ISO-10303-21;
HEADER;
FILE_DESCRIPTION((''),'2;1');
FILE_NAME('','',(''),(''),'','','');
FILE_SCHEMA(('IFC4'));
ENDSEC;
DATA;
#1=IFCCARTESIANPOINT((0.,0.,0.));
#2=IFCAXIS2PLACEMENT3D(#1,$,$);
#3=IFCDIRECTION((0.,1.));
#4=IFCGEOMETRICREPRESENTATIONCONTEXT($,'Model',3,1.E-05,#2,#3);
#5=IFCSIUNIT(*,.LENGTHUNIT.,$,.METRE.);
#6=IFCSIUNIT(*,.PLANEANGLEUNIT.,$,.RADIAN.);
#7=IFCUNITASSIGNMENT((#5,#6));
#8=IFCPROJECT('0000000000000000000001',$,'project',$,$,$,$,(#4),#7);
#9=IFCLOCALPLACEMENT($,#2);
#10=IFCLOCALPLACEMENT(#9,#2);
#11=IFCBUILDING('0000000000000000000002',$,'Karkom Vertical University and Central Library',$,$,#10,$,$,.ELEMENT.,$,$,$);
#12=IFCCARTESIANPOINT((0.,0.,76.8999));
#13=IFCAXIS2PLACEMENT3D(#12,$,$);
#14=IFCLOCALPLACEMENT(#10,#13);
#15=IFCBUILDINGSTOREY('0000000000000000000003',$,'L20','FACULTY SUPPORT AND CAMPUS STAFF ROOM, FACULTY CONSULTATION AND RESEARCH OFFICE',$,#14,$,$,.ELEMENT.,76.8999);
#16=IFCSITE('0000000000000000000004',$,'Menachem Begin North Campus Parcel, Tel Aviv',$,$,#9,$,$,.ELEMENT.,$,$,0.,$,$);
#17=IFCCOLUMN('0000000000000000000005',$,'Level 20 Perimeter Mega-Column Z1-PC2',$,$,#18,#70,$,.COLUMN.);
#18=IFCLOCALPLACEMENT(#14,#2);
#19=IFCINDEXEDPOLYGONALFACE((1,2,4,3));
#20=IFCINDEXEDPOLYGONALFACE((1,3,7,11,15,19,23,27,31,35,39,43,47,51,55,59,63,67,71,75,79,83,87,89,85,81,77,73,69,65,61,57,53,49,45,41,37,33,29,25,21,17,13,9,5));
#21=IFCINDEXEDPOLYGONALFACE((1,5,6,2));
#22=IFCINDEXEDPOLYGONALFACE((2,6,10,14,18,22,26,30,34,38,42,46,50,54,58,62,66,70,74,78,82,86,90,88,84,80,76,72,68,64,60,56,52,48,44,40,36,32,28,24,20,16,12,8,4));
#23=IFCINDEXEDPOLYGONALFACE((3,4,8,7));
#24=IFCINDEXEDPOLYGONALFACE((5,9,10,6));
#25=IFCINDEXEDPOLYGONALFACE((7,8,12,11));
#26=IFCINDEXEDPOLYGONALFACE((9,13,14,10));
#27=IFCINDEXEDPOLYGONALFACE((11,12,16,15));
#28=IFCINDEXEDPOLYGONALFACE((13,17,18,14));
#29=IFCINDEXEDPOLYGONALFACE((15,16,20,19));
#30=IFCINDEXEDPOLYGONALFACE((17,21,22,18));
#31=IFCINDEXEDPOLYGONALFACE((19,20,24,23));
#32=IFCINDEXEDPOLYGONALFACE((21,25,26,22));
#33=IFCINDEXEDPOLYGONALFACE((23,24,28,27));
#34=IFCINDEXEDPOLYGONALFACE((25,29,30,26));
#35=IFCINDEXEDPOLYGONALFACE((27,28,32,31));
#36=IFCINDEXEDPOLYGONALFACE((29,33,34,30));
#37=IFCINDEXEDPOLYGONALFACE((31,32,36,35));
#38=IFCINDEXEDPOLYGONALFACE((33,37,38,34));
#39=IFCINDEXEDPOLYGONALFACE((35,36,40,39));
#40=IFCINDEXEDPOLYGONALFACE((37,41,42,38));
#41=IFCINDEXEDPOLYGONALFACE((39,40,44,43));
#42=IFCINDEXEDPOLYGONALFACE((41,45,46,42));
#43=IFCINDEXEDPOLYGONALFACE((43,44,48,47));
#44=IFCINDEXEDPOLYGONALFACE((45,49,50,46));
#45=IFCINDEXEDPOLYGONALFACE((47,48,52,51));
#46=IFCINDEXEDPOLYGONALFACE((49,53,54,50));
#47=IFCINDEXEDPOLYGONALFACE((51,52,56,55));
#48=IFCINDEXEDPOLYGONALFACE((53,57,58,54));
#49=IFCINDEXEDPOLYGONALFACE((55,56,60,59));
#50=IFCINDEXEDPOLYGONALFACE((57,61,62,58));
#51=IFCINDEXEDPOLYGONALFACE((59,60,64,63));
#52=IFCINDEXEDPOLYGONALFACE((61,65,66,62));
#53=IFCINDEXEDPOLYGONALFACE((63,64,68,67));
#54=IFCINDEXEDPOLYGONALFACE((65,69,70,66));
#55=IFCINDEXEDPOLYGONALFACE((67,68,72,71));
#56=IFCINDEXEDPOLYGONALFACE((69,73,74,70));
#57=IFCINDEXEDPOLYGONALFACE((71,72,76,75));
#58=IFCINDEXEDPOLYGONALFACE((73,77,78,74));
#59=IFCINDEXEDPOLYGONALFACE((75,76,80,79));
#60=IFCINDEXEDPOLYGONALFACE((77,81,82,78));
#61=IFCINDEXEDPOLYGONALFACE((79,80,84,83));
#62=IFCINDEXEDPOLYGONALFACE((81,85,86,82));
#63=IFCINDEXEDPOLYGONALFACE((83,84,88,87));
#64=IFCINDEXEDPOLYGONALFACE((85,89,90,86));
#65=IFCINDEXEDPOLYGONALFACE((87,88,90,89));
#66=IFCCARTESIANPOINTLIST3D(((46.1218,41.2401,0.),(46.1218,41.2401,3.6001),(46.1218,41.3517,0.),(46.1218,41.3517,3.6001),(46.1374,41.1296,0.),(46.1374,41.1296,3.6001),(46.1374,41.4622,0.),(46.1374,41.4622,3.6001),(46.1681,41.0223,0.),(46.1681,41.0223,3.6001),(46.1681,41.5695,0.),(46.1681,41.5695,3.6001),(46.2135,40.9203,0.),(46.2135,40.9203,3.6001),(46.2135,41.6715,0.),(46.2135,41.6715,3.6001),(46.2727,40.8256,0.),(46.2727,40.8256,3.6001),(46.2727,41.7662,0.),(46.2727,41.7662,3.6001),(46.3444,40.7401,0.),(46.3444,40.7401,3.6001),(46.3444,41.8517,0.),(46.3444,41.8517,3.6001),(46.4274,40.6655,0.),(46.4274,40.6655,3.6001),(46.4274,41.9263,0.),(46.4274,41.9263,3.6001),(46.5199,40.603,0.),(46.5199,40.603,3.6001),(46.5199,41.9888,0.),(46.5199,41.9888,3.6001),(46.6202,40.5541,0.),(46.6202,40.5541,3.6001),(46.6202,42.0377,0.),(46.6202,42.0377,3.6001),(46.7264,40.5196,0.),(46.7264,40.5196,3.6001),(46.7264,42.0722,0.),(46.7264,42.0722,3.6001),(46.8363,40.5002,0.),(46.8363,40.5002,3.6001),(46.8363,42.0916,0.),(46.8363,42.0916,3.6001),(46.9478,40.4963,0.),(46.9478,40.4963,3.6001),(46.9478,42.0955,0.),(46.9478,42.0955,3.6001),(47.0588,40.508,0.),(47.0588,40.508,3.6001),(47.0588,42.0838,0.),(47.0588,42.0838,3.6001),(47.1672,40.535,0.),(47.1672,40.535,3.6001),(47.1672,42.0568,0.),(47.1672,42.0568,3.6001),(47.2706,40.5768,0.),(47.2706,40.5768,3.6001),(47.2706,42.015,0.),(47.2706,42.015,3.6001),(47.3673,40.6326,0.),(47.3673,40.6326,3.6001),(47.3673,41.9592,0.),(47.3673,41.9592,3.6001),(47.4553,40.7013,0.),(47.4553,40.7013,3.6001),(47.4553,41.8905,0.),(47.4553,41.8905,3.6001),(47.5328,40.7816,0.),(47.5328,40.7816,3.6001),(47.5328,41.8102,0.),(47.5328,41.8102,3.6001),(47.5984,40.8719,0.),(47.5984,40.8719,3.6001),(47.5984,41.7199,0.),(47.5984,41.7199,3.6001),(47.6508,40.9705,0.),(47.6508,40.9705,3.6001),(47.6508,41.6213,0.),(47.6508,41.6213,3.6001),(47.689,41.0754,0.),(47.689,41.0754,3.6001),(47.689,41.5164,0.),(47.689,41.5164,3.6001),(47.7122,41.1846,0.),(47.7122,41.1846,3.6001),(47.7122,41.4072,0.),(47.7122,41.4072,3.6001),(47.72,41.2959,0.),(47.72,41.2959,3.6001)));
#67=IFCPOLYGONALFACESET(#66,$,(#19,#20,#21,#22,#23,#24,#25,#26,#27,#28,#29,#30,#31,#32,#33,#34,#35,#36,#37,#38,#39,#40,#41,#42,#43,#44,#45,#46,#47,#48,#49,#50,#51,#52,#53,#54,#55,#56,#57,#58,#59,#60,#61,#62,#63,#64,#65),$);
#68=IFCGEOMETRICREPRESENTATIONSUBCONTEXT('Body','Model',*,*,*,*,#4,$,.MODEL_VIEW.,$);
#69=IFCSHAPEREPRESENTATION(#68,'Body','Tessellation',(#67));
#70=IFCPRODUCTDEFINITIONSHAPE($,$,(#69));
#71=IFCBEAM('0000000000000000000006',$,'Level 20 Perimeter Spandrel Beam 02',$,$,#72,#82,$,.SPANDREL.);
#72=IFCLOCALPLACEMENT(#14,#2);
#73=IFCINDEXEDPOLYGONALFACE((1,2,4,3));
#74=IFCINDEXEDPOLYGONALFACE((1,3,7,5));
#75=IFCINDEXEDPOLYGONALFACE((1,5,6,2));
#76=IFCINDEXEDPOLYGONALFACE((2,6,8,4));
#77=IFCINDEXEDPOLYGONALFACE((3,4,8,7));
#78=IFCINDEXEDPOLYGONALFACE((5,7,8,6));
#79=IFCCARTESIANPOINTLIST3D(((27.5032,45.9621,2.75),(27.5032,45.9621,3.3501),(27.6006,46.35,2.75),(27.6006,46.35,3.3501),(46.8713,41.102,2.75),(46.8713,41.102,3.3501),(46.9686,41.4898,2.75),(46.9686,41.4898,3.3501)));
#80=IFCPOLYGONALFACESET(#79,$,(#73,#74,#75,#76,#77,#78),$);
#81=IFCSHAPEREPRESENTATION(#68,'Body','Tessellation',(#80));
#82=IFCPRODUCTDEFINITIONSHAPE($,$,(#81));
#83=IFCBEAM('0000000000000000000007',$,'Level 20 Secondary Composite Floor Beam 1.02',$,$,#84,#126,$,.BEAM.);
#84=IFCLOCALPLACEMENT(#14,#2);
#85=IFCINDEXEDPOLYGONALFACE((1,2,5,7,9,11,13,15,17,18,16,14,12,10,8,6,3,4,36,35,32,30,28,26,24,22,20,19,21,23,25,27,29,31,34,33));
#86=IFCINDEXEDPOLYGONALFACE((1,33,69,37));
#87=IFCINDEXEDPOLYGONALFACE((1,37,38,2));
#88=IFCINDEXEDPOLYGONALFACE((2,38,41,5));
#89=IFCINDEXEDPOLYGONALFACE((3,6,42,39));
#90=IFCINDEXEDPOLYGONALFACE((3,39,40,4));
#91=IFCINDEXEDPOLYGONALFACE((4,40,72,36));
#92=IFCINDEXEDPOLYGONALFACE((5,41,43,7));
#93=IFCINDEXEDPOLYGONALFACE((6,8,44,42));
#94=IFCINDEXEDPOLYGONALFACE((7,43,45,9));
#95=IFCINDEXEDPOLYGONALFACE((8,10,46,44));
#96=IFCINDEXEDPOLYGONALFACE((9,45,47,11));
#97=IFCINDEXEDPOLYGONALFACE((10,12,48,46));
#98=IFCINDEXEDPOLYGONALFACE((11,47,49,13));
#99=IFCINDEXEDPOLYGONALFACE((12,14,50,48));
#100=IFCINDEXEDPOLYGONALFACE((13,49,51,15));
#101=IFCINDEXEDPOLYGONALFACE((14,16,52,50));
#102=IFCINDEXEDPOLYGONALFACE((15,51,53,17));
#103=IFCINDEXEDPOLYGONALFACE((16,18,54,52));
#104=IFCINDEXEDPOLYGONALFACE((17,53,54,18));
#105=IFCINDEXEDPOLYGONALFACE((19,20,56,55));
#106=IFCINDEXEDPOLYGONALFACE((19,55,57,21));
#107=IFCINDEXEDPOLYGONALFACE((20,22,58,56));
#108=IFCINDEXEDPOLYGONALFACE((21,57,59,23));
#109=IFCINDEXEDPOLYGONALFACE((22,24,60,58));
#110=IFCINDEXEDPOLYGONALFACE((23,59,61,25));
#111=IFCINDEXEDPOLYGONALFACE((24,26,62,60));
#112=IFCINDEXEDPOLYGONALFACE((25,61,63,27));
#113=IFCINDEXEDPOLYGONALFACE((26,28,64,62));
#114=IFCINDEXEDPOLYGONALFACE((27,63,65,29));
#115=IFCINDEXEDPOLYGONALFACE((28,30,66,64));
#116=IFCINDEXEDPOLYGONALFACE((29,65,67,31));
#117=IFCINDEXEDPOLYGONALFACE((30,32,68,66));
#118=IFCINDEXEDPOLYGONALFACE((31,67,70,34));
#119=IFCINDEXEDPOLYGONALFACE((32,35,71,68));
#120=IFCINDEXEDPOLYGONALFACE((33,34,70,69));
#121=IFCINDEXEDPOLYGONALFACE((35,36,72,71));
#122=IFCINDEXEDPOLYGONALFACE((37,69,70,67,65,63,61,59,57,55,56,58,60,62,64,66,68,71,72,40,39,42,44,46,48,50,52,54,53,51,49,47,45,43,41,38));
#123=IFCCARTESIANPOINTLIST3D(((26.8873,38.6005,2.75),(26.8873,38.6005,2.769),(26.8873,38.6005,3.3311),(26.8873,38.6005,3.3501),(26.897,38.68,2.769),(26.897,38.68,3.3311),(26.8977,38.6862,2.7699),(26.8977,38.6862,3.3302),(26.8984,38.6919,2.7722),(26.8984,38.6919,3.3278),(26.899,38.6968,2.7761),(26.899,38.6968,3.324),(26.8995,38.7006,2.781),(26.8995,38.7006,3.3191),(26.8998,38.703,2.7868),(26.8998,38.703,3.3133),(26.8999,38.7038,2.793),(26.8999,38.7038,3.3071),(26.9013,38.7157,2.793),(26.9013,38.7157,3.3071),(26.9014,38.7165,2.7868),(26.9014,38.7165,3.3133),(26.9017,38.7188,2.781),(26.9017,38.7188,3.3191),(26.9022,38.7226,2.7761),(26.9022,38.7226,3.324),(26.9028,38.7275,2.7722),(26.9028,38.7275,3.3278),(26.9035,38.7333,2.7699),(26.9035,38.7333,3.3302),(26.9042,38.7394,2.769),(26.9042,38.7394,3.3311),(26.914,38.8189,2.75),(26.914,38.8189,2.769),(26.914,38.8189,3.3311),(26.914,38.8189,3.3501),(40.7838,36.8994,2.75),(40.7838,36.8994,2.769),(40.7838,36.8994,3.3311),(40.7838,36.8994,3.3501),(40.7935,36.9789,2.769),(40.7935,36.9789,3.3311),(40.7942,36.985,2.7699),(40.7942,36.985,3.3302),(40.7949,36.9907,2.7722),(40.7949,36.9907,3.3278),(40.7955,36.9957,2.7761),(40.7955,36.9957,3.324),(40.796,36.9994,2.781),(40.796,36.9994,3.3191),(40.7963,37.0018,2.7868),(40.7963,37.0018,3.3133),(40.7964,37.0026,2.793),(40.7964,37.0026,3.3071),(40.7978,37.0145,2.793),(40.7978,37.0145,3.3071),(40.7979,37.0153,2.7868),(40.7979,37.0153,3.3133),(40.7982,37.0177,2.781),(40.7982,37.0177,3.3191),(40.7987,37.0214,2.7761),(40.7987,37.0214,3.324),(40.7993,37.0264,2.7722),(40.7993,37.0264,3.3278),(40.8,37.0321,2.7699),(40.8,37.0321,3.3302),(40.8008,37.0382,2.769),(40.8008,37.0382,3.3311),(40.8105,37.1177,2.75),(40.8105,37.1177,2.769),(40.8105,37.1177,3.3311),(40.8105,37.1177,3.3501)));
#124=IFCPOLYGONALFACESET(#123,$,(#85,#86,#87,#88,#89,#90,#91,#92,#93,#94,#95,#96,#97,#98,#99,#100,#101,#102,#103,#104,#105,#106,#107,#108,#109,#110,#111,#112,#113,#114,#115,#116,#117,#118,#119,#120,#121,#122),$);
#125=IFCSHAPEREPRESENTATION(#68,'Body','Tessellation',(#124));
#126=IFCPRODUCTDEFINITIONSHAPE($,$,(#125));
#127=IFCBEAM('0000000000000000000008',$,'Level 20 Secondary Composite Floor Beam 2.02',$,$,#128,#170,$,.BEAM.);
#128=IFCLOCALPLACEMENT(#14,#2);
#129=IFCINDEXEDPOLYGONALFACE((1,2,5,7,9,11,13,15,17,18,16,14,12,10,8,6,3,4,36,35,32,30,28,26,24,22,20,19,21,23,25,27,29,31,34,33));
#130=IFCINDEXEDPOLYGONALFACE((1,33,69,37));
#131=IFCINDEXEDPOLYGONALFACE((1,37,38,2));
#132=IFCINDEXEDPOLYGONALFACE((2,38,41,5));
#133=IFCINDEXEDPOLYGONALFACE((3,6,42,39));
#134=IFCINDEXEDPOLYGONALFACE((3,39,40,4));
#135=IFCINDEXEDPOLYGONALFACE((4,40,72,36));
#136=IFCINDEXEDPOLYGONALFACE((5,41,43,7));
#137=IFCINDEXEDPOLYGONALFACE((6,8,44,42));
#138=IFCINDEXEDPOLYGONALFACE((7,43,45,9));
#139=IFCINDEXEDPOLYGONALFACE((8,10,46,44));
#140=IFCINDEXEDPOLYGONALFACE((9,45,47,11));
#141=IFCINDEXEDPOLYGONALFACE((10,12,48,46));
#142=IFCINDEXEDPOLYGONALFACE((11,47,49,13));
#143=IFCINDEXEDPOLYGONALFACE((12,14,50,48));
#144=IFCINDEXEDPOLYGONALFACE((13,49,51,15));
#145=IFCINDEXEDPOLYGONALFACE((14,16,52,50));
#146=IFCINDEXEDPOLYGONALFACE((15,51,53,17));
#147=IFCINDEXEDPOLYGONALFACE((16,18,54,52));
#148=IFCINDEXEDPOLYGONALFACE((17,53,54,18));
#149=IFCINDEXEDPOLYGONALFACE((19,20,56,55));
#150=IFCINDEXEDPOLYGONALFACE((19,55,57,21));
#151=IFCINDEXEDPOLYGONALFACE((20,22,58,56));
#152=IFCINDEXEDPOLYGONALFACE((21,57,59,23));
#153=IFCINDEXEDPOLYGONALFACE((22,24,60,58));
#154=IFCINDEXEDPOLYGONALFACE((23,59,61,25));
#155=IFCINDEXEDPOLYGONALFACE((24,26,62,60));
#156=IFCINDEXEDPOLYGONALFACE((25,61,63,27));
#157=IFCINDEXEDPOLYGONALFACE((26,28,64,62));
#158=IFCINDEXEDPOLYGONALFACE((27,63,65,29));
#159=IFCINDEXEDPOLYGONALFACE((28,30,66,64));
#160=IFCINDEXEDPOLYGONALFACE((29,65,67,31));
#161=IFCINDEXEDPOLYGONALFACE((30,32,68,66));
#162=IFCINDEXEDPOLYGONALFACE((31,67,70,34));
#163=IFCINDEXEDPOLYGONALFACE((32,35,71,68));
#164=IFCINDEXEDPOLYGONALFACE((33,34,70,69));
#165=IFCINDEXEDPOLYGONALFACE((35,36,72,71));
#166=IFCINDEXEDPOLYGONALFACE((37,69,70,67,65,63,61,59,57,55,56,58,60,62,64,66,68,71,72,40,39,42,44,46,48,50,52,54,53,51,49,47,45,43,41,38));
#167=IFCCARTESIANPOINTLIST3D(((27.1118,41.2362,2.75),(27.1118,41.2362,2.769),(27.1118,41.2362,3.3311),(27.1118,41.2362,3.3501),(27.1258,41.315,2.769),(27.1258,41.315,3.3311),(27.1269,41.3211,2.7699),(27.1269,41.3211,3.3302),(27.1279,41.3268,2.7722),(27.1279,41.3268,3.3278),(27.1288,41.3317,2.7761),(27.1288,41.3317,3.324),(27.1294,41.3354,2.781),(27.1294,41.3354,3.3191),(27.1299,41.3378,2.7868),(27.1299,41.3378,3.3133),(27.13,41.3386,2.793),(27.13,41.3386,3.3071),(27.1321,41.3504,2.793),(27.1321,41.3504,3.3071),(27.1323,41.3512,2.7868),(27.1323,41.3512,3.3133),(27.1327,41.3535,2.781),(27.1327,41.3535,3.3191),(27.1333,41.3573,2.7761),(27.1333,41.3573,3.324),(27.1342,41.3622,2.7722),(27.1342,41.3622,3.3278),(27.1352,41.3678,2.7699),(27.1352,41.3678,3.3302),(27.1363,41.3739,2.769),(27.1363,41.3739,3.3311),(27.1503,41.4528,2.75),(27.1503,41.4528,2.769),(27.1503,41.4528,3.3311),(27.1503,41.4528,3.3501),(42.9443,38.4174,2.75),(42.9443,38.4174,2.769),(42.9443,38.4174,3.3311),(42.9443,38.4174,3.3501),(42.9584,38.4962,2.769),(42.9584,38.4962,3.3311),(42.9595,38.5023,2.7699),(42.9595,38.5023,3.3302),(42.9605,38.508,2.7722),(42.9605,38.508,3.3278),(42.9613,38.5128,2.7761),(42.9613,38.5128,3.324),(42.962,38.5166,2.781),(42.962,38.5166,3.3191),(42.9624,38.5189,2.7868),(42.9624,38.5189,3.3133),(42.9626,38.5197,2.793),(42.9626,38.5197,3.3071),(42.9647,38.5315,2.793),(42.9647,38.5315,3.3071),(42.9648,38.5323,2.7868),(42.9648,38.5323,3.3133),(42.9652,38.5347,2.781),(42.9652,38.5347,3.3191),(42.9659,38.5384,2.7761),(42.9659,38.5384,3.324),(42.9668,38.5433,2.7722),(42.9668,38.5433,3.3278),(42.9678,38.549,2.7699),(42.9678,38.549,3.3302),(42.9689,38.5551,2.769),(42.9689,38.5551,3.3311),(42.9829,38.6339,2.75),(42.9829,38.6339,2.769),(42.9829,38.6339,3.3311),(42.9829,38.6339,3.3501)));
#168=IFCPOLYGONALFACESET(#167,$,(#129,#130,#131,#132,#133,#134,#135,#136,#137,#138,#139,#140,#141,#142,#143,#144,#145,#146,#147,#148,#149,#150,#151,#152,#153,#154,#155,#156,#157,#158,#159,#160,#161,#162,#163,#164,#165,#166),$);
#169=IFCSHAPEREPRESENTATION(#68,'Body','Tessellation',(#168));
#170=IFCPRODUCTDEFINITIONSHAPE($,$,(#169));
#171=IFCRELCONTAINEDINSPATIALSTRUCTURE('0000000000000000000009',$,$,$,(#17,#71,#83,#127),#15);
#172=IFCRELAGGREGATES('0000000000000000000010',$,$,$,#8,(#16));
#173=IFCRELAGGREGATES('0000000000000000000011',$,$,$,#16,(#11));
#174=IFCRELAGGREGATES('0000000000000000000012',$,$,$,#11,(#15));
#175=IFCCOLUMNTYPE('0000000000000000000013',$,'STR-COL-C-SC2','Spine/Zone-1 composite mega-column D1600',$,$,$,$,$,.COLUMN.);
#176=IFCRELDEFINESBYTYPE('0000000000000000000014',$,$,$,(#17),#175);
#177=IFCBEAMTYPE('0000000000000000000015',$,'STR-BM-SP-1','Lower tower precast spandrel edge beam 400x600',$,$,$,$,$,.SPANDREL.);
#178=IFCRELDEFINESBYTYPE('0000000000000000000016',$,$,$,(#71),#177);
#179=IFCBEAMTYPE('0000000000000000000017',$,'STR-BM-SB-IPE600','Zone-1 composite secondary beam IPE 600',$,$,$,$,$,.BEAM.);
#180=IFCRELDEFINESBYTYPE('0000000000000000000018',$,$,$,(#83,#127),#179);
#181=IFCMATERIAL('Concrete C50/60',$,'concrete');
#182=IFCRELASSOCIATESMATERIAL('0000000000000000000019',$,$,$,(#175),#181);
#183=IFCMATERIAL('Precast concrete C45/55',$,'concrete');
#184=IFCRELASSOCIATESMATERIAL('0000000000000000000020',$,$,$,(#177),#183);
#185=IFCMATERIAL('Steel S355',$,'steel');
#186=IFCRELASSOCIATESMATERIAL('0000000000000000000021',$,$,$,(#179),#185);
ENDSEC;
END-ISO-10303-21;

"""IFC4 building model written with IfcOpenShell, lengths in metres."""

from ifc_helpers import new_model, si_unit, direction, frame, origin, origin_with_axes, origin_2d, place, context, subcontext, project, spatial, rectangle, circle, i_section, extrude, source, transform, mapped, material, material_profile, profile_set, type_object, element, save


model = new_model("IFC4")

# Units and contexts
model_context = context("Model", 3, precision=1e-05, world=origin(), true_north=direction((0.0, 1.0)))
body_context = subcontext(model_context, "Body", "Model", "MODEL_VIEW")
ifc_project = project(units=[si_unit("LENGTHUNIT", "METRE"), si_unit("PLANEANGLEUNIT", "RADIAN")], contexts=[model_context])

# Site, building, storey
site_placement = place(None, origin())
site = spatial("IfcSite", under=ifc_project, at=site_placement, Name="Menachem Begin North Campus Parcel, Tel Aviv", CompositionType="ELEMENT", RefElevation=0.0)
building_placement = place(site_placement, origin())
building = spatial("IfcBuilding", under=site, at=building_placement, Name="Karkom Vertical University and Central Library", CompositionType="ELEMENT")
storey_placement = place(building_placement, frame((0.0, 0.0, 76.8999)))
storey = spatial("IfcBuildingStorey", under=building, at=storey_placement, Name="L20", Description="FACULTY SUPPORT AND CAMPUS STAFF ROOM, FACULTY CONSULTATION AND RESEARCH OFFICE", CompositionType="ELEMENT", Elevation=76.8999)

# Column
ifc_material_1 = material(Name="Concrete C50/60", Category="concrete")
ifc_material_profile_1 = material_profile(ifc_material_1, circle(Radius=0.8, at=origin_2d()), Name="CFT-D1600")
ifc_profile_set_1 = profile_set([ifc_material_profile_1], Name="Concrete C50/60")
column_type = type_object("IfcColumnType", Name="STR-COL-C-SC2", Description="Spine/Zone-1 composite mega-column D1600", PredefinedType="COLUMN", material=ifc_profile_set_1)
shared_shape_1 = source(origin_with_axes(), body_context, "Body", "SweptSolid", [
    extrude(circle(Radius=0.8, at=origin_2d()), origin(), (0.0, 0.0, 1.0), 3.6001),
])
column_placement = place(storey_placement, frame((46.9199, 41.2959, 0.0), z_axis=(0.0, 0.0, 1.0), x_axis=(1.0, 0.0, 0.0)))
element("IfcColumn", 1, at=column_placement, inside=storey, type_object=column_type, Name="Level 20 Perimeter Mega-Column Z1-PC2", PredefinedType="COLUMN", context=body_context, shape_type="MappedRepresentation", body=[
    mapped(shared_shape_1, transform((0.0, 0.0, 0.0), scale=1.0)),
])

# Beams
ifc_material_2 = material(Name="Precast concrete C45/55", Category="concrete")
ifc_material_profile_2 = material_profile(ifc_material_2, rectangle(XDim=0.3999, YDim=0.6001, at=origin_2d()), Name="SPB-400x600")
ifc_profile_set_2 = profile_set([ifc_material_profile_2], Name="Precast concrete C45/55")
beam_type_1 = type_object("IfcBeamType", Name="STR-BM-SP-1", Description="Lower tower precast spandrel edge beam 400x600", PredefinedType="SPANDREL", material=ifc_profile_set_2)
shared_shape_2 = source(origin_with_axes(), body_context, "Body", "SweptSolid", [
    extrude(rectangle(XDim=0.3999, YDim=0.6001, at=origin_2d()), origin(), (0.0, 0.0, 1.0), 19.9685),
])
beam_1_placement = place(storey_placement, frame((46.9199, 41.2959, 3.05), z_axis=(-0.969929, 0.24339, 0.0), x_axis=(-0.24339, -0.969929, 0.0)))
element("IfcBeam", 2, at=beam_1_placement, inside=storey, type_object=beam_type_1, Name="Level 20 Perimeter Spandrel Beam 02", PredefinedType="SPANDREL", context=body_context, shape_type="MappedRepresentation", body=[
    mapped(shared_shape_2, transform((0.0, 0.0, 0.0), scale=1.0)),
])
ifc_material_3 = material(Name="Steel S355", Category="steel")
ifc_material_profile_3 = material_profile(ifc_material_3, i_section(OverallWidth=0.22, OverallDepth=0.6001, WebThickness=0.012, FlangeThickness=0.019, FilletRadius=0.0239, at=origin_2d()), Name="IPE 600")
ifc_profile_set_3 = profile_set([ifc_material_profile_3], Name="Steel S355")
beam_type_2 = type_object("IfcBeamType", Name="STR-BM-SB-IPE600", Description="Zone-1 composite secondary beam IPE 600", PredefinedType="BEAM", material=ifc_profile_set_3)
shared_shape_3 = source(origin_with_axes(), body_context, "Body", "SweptSolid", [
    extrude(i_section(OverallWidth=0.22, OverallDepth=0.6001, WebThickness=0.012, FlangeThickness=0.019, FilletRadius=0.0239, at=origin_2d()), origin(), (0.0, 0.0, 1.0), 14.0002),
])
beam_2_placement = place(storey_placement, frame((40.7971, 37.0085, 3.05), z_axis=(-0.99259, 0.12151, 0.0), x_axis=(-0.12151, -0.99259, 0.0)))
element("IfcBeam", 3, at=beam_2_placement, inside=storey, type_object=beam_type_2, Name="Level 20 Secondary Composite Floor Beam 1.02", PredefinedType="BEAM", context=body_context, shape_type="MappedRepresentation", body=[
    mapped(shared_shape_3, transform((0.0, 0.0, 0.0), scale=1.0)),
])
shared_shape_4 = source(origin_with_axes(), body_context, "Body", "SweptSolid", [
    extrude(i_section(OverallWidth=0.22, OverallDepth=0.6001, WebThickness=0.012, FlangeThickness=0.019, FilletRadius=0.0239, at=origin_2d()), origin(), (0.0, 0.0, 1.0), 16.0815),
])
beam_3_placement = place(storey_placement, frame((42.9636, 38.5256, 3.05), z_axis=(-0.984518, 0.175285, 0.0), x_axis=(-0.175285, -0.984518, 0.0)))
element("IfcBeam", 4, at=beam_3_placement, inside=storey, type_object=beam_type_2, Name="Level 20 Secondary Composite Floor Beam 2.02", PredefinedType="BEAM", context=body_context, shape_type="MappedRepresentation", body=[
    mapped(shared_shape_4, transform((0.0, 0.0, 0.0), scale=1.0)),
])

save(model, "model.ifc")
